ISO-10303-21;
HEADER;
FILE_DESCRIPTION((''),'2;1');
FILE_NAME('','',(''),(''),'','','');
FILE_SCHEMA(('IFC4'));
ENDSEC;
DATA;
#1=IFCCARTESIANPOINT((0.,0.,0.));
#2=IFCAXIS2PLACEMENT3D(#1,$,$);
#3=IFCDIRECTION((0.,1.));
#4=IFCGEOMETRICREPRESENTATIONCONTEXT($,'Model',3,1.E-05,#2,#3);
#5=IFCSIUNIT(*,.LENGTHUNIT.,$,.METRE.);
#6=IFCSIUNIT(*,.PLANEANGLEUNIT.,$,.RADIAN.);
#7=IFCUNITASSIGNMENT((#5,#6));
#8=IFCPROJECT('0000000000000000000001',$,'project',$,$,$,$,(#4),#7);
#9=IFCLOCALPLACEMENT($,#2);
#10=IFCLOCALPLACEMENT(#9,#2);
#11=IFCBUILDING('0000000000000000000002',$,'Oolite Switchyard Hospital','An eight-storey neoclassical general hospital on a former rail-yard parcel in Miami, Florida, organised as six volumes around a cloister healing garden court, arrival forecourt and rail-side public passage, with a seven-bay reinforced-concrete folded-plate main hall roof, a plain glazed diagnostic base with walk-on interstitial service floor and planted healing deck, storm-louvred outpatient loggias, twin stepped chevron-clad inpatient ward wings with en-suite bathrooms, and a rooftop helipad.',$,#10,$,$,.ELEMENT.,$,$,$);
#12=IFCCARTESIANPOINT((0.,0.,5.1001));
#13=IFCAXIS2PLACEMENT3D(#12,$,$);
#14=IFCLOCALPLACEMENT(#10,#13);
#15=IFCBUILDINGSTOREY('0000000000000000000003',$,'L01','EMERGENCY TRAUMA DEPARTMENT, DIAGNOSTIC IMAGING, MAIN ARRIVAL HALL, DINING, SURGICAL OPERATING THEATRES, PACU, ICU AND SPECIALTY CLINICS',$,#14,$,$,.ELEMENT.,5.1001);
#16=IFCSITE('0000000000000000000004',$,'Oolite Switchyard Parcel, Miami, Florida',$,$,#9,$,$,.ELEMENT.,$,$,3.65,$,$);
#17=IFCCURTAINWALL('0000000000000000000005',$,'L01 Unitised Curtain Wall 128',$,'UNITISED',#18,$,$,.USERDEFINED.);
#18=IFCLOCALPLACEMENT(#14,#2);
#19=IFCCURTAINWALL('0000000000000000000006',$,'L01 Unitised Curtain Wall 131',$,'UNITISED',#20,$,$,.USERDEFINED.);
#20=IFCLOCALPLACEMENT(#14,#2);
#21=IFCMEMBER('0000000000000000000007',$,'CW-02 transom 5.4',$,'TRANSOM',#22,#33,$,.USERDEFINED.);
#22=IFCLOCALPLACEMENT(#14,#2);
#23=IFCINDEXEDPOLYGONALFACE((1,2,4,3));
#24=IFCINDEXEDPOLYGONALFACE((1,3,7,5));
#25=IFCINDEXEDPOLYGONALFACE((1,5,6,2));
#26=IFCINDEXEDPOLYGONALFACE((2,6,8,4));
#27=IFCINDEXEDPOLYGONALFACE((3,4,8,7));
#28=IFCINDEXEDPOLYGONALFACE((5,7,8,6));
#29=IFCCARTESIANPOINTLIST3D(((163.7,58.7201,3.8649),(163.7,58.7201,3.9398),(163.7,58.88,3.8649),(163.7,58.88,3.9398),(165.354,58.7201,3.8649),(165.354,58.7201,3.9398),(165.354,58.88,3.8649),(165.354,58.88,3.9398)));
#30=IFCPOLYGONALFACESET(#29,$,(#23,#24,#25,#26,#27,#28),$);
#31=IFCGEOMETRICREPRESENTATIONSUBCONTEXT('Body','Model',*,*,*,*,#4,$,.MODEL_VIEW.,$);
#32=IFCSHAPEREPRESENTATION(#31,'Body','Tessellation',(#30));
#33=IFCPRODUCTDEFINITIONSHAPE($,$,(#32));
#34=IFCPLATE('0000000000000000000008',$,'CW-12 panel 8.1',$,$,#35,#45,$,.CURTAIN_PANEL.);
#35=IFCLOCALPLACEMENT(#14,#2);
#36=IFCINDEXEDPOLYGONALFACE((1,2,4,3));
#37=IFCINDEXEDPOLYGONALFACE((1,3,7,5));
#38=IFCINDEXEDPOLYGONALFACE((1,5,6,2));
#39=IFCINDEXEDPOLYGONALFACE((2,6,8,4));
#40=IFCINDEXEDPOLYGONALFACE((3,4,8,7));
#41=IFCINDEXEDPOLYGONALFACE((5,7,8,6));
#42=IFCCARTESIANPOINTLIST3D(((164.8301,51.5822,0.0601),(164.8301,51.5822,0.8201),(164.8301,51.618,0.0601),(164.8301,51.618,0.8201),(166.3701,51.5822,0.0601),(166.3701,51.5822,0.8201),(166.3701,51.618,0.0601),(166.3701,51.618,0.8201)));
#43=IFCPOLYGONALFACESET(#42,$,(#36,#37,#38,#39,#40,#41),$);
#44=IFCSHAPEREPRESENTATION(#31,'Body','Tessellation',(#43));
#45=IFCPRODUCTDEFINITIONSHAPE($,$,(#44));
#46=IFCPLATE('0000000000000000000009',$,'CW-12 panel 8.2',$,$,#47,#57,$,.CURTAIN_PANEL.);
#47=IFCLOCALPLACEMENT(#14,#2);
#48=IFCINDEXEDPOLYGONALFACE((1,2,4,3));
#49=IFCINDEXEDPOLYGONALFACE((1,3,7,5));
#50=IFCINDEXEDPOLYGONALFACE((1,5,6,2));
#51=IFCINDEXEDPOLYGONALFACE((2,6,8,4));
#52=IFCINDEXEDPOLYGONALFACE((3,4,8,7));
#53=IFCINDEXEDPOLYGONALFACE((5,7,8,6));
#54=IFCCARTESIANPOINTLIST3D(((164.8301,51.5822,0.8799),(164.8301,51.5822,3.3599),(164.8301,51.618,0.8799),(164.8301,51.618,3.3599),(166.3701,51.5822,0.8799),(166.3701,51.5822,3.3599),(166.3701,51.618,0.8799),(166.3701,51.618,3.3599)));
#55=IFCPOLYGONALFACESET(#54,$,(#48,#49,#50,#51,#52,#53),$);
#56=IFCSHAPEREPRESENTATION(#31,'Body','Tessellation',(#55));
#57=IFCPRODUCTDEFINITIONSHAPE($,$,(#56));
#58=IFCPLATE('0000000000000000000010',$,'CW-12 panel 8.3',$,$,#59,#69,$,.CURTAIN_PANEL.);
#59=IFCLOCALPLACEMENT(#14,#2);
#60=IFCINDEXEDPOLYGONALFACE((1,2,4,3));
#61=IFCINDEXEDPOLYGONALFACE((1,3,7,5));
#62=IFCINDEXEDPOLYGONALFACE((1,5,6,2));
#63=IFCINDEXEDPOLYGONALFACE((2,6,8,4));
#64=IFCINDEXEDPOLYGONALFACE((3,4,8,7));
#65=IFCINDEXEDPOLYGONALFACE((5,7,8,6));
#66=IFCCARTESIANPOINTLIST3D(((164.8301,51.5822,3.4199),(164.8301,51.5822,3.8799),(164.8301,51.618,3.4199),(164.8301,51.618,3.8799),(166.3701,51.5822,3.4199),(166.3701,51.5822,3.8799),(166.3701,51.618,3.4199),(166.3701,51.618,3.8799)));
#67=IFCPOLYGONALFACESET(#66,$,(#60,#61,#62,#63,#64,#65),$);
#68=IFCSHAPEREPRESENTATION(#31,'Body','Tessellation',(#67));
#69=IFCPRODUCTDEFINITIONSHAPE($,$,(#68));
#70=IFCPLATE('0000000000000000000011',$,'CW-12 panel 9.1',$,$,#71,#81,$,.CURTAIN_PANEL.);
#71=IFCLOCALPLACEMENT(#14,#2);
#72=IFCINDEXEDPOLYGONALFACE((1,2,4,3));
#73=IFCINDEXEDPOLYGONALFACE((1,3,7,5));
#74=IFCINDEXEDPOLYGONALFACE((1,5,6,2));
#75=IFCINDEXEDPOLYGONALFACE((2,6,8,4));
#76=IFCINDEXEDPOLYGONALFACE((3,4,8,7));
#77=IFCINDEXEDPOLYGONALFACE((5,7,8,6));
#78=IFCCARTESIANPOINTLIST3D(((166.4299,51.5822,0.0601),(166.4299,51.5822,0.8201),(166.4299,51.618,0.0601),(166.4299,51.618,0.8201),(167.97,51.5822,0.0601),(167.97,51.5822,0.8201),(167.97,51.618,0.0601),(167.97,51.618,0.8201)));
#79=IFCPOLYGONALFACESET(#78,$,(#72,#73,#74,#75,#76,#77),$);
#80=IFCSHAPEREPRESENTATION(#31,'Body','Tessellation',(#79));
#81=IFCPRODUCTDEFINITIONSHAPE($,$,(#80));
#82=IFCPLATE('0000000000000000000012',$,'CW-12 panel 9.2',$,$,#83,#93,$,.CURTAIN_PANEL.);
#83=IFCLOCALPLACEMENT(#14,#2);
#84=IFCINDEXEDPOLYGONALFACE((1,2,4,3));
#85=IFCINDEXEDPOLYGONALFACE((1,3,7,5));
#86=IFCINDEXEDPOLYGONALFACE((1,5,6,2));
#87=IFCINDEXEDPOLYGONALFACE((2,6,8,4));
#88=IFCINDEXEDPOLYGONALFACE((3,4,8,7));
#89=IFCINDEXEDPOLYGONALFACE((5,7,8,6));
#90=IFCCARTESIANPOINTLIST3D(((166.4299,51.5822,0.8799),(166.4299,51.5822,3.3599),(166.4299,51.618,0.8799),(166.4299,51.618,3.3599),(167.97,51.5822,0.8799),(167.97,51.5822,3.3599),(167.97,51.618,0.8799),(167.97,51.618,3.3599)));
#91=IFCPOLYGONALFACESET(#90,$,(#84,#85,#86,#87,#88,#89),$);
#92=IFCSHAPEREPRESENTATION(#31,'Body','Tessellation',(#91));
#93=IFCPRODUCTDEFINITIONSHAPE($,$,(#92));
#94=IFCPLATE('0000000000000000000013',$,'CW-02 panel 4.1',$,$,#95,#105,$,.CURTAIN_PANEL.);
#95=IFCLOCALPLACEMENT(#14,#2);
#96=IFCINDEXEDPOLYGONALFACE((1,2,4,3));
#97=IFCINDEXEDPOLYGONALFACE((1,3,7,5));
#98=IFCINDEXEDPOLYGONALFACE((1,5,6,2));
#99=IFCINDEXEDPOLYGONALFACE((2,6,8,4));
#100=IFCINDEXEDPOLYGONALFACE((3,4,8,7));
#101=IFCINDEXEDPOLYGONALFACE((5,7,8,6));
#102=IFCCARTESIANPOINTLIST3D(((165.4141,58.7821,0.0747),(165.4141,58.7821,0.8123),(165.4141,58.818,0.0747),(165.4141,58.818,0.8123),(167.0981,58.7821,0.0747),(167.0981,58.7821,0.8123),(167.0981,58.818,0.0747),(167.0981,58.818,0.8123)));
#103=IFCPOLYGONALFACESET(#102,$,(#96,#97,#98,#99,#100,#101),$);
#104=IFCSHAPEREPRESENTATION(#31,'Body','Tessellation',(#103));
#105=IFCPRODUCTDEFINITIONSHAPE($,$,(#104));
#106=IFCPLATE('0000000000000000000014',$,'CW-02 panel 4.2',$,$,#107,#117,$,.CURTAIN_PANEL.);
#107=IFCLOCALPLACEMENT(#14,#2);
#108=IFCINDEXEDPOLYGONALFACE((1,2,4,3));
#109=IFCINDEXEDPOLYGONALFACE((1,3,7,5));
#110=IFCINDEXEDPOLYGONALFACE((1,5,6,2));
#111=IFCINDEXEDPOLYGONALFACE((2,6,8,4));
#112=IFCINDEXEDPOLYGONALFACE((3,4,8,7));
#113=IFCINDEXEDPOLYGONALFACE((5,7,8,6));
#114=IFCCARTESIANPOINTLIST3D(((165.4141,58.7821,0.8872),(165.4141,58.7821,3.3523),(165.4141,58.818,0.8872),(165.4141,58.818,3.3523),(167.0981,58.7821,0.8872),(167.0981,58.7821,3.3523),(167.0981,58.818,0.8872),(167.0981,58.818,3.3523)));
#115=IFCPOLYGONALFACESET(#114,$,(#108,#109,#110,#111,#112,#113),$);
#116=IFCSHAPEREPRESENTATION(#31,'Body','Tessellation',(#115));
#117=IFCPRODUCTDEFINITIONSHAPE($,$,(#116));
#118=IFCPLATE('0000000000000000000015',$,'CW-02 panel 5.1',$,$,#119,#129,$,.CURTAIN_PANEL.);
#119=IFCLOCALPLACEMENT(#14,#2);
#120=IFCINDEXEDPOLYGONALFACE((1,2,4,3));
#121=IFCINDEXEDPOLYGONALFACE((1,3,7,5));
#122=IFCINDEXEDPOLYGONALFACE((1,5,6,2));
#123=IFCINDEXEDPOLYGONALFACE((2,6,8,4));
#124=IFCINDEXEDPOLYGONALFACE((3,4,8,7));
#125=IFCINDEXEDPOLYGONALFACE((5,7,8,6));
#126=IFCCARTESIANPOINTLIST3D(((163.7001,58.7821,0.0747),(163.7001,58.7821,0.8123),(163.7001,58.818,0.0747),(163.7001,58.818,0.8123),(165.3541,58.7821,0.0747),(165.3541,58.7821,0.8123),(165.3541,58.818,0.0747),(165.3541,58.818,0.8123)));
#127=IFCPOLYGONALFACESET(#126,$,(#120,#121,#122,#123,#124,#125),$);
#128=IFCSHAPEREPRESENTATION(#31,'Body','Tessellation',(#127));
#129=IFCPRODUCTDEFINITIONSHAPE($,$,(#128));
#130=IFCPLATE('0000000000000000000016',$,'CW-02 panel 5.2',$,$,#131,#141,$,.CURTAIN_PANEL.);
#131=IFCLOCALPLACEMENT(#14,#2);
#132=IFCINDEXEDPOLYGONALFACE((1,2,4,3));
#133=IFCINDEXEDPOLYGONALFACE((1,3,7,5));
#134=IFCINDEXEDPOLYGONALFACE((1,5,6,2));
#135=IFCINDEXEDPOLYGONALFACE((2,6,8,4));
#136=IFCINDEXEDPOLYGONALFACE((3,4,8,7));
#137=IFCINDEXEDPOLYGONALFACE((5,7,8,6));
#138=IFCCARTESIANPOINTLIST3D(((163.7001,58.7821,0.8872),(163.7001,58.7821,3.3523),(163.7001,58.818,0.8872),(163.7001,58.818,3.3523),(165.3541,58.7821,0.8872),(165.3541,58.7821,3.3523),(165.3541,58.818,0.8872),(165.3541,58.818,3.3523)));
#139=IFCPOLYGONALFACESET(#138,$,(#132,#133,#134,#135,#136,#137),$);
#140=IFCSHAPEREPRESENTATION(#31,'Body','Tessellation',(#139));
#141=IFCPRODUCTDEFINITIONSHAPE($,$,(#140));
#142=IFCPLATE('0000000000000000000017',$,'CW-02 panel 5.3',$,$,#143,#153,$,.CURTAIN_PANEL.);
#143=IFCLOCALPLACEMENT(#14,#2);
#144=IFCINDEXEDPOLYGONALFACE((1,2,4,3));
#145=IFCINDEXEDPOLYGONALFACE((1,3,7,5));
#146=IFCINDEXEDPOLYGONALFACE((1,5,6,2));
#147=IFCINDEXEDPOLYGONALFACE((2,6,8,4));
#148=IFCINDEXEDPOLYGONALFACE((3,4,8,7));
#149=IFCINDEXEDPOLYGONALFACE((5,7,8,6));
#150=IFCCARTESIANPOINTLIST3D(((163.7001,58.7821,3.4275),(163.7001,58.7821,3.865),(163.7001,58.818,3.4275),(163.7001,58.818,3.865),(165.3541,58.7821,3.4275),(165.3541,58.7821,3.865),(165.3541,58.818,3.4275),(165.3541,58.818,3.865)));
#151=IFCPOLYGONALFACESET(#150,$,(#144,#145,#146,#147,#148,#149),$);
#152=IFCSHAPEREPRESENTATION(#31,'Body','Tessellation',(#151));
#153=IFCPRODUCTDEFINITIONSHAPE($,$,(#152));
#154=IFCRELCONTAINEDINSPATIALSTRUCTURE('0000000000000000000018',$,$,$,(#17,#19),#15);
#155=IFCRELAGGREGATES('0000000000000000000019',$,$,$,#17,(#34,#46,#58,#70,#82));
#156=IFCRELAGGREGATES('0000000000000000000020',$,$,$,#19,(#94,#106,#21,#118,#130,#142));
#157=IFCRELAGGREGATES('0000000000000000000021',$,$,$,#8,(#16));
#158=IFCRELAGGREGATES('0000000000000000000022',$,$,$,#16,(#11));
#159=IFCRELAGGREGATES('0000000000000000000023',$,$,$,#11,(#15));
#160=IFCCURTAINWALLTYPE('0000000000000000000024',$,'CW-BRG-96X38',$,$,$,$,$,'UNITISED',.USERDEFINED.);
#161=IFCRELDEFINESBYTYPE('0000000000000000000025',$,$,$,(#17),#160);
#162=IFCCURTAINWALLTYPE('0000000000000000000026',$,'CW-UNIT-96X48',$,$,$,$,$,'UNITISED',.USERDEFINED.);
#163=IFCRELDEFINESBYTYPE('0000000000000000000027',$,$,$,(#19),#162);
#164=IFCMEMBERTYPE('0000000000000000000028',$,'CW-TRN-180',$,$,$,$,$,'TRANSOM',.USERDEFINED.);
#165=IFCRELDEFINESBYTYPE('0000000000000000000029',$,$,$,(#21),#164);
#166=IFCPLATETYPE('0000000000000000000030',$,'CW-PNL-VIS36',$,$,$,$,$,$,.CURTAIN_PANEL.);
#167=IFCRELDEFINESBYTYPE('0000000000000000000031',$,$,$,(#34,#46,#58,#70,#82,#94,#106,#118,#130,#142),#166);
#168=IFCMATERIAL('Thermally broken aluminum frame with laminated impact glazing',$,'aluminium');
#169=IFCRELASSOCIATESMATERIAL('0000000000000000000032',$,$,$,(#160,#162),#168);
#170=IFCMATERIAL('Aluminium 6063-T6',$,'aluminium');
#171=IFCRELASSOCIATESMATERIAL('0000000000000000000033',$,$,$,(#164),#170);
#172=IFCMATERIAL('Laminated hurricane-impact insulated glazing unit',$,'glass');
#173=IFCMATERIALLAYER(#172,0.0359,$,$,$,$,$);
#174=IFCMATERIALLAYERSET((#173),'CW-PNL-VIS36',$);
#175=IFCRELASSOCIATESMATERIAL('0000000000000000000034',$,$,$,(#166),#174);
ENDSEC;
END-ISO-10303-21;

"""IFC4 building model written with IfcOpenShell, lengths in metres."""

from ifc_helpers import new_model, si_unit, direction, frame, origin, origin_2d, place, context, subcontext, project, spatial, rectangle, extrude, material, layer, layer_set, material_profile, profile_set, type_object, element, aggregate, save


model = new_model("IFC4")

# Units and contexts
model_context = context("Model", 3, precision=1e-05, world=origin(), true_north=direction((0.0, 1.0)))
body_context = subcontext(model_context, "Body", "Model", "MODEL_VIEW")
ifc_project = project(units=[si_unit("LENGTHUNIT", "METRE"), si_unit("PLANEANGLEUNIT", "RADIAN")], contexts=[model_context])

# Site, building, storey
site_placement = place(None, origin())
site = spatial("IfcSite", under=ifc_project, at=site_placement, Name="Oolite Switchyard Parcel, Miami, Florida", CompositionType="ELEMENT", RefElevation=3.65)
building_placement = place(site_placement, origin())
building = spatial("IfcBuilding", under=site, at=building_placement, Name="Oolite Switchyard Hospital", Description="An eight-storey neoclassical general hospital on a former rail-yard parcel in Miami, Florida, organised as six volumes around a cloister healing garden court, arrival forecourt and rail-side public passage, with a seven-bay reinforced-concrete folded-plate main hall roof, a plain glazed diagnostic base with walk-on interstitial service floor and planted healing deck, storm-louvred outpatient loggias, twin stepped chevron-clad inpatient ward wings with en-suite bathrooms, and a rooftop helipad.", CompositionType="ELEMENT")
storey_placement = place(building_placement, frame((0.0, 0.0, 5.1001)))
storey = spatial("IfcBuildingStorey", under=building, at=storey_placement, Name="L01", Description="EMERGENCY TRAUMA DEPARTMENT, DIAGNOSTIC IMAGING, MAIN ARRIVAL HALL, DINING, SURGICAL OPERATING THEATRES, PACU, ICU AND SPECIALTY CLINICS", CompositionType="ELEMENT", Elevation=5.1001)

# Curtain wall
ifc_material_1 = material(Name="Thermally broken aluminum frame with laminated impact glazing", Category="aluminium")
curtain_wall_type_1 = type_object("IfcCurtainWallType", Name="CW-BRG-96X38", ElementType="UNITISED", PredefinedType="USERDEFINED", material=ifc_material_1)
curtain_wall_1_placement = place(storey_placement, origin())
curtain_wall_1 = element("IfcCurtainWall", 1, at=curtain_wall_1_placement, inside=storey, type_object=curtain_wall_type_1, Name="L01 Unitised Curtain Wall 128", ObjectType="UNITISED", PredefinedType="USERDEFINED")
ifc_material_2 = material(Name="Aluminium 6063-T6", Category="aluminium")

# Curtain wall
curtain_wall_type_2 = type_object("IfcCurtainWallType", Name="CW-UNIT-96X48", ElementType="UNITISED", PredefinedType="USERDEFINED", material=ifc_material_1)
curtain_wall_2_placement = place(storey_placement, origin())
curtain_wall_2 = element("IfcCurtainWall", 2, at=curtain_wall_2_placement, inside=storey, type_object=curtain_wall_type_2, Name="L01 Unitised Curtain Wall 131", ObjectType="UNITISED", PredefinedType="USERDEFINED")

# Member
ifc_material_profile_1 = material_profile(ifc_material_2, rectangle(XDim=0.1599, YDim=0.075, at=origin_2d()), Name="CWT75X160")
ifc_profile_set_1 = profile_set([ifc_material_profile_1], Name="Aluminium 6063-T6")
member_type_1 = type_object("IfcMemberType", Name="CW-TRN-180", ElementType="TRANSOM", PredefinedType="USERDEFINED", material=ifc_profile_set_1)
member_1_placement = place(storey_placement, frame((165.354, 58.8, 3.9023), z_axis=(-1.0, 0.0, 0.0), x_axis=(0.0, -1.0, 0.0)))
member_1 = element("IfcMember", 3, at=member_1_placement, type_object=member_type_1, Name="CW-02 transom 5.4", ObjectType="TRANSOM", PredefinedType="USERDEFINED", context=body_context, shape_type="SweptSolid", body=[
    extrude(rectangle(XDim=0.1599, YDim=0.075, at=origin_2d()), origin(), (0.0, 0.0, 1.0), 1.6541),
])

# Plates
ifc_material_3 = material(Name="Laminated hurricane-impact insulated glazing unit", Category="glass")
ifc_layer = layer(ifc_material_3, 0.0359)
ifc_layer_set = layer_set([ifc_layer], Name="CW-PNL-VIS36")
plate_type = type_object("IfcPlateType", Name="CW-PNL-VIS36", PredefinedType="CURTAIN_PANEL", material=ifc_layer_set)
plate_1_placement = place(storey_placement, frame((165.6001, 51.6001, 0.0601), z_axis=(0.0, 0.0, 1.0), x_axis=(1.0, 0.0, 0.0)))
plate_1 = element("IfcPlate", 4, at=plate_1_placement, type_object=plate_type, Name="CW-12 panel 8.1", PredefinedType="CURTAIN_PANEL", context=body_context, shape_type="SweptSolid", body=[
    extrude(rectangle(XDim=1.54, YDim=0.0359, at=origin_2d()), origin(), (0.0, 0.0, 1.0), 0.76),
])
plate_2_placement = place(storey_placement, frame((165.6001, 51.6001, 0.8799), z_axis=(0.0, 0.0, 1.0), x_axis=(1.0, 0.0, 0.0)))
plate_2 = element("IfcPlate", 5, at=plate_2_placement, type_object=plate_type, Name="CW-12 panel 8.2", PredefinedType="CURTAIN_PANEL", context=body_context, shape_type="SweptSolid", body=[
    extrude(rectangle(XDim=1.54, YDim=0.0359, at=origin_2d()), origin(), (0.0, 0.0, 1.0), 2.48),
])
plate_3_placement = place(storey_placement, frame((165.6001, 51.6001, 3.4199), z_axis=(0.0, 0.0, 1.0), x_axis=(1.0, 0.0, 0.0)))
plate_3 = element("IfcPlate", 6, at=plate_3_placement, type_object=plate_type, Name="CW-12 panel 8.3", PredefinedType="CURTAIN_PANEL", context=body_context, shape_type="SweptSolid", body=[
    extrude(rectangle(XDim=1.54, YDim=0.0359, at=origin_2d()), origin(), (0.0, 0.0, 1.0), 0.46),
])
plate_4_placement = place(storey_placement, frame((167.2, 51.6001, 0.0601), z_axis=(0.0, 0.0, 1.0), x_axis=(1.0, 0.0, 0.0)))
plate_4 = element("IfcPlate", 7, at=plate_4_placement, type_object=plate_type, Name="CW-12 panel 9.1", PredefinedType="CURTAIN_PANEL", context=body_context, shape_type="SweptSolid", body=[
    extrude(rectangle(XDim=1.54, YDim=0.0359, at=origin_2d()), origin(), (0.0, 0.0, 1.0), 0.76),
])
plate_5_placement = place(storey_placement, frame((167.2, 51.6001, 0.8799), z_axis=(0.0, 0.0, 1.0), x_axis=(1.0, 0.0, 0.0)))
plate_5 = element("IfcPlate", 8, at=plate_5_placement, type_object=plate_type, Name="CW-12 panel 9.2", PredefinedType="CURTAIN_PANEL", context=body_context, shape_type="SweptSolid", body=[
    extrude(rectangle(XDim=1.54, YDim=0.0359, at=origin_2d()), origin(), (0.0, 0.0, 1.0), 2.48),
])
aggregate(curtain_wall_1, [plate_1, plate_2, plate_3, plate_4, plate_5])
plate_6_placement = place(storey_placement, frame((166.2561, 58.8, 0.0747), z_axis=(0.0, 0.0, 1.0), x_axis=(-1.0, 0.0, 0.0)))
plate_6 = element("IfcPlate", 9, at=plate_6_placement, type_object=plate_type, Name="CW-02 panel 4.1", PredefinedType="CURTAIN_PANEL", context=body_context, shape_type="SweptSolid", body=[
    extrude(rectangle(XDim=1.6841, YDim=0.0359, at=origin_2d()), origin(), (0.0, 0.0, 1.0), 0.7375),
])
plate_7_placement = place(storey_placement, frame((166.2561, 58.8, 0.8872), z_axis=(0.0, 0.0, 1.0), x_axis=(-1.0, 0.0, 0.0)))
plate_7 = element("IfcPlate", 10, at=plate_7_placement, type_object=plate_type, Name="CW-02 panel 4.2", PredefinedType="CURTAIN_PANEL", context=body_context, shape_type="SweptSolid", body=[
    extrude(rectangle(XDim=1.6841, YDim=0.0359, at=origin_2d()), origin(), (0.0, 0.0, 1.0), 2.4651),
])
plate_8_placement = place(storey_placement, frame((164.5271, 58.8, 0.0747), z_axis=(0.0, 0.0, 1.0), x_axis=(-1.0, 0.0, 0.0)))
plate_8 = element("IfcPlate", 11, at=plate_8_placement, type_object=plate_type, Name="CW-02 panel 5.1", PredefinedType="CURTAIN_PANEL", context=body_context, shape_type="SweptSolid", body=[
    extrude(rectangle(XDim=1.6541, YDim=0.0359, at=origin_2d()), origin(), (0.0, 0.0, 1.0), 0.7375),
])
plate_9_placement = place(storey_placement, frame((164.5271, 58.8, 0.8872), z_axis=(0.0, 0.0, 1.0), x_axis=(-1.0, 0.0, 0.0)))
plate_9 = element("IfcPlate", 12, at=plate_9_placement, type_object=plate_type, Name="CW-02 panel 5.2", PredefinedType="CURTAIN_PANEL", context=body_context, shape_type="SweptSolid", body=[
    extrude(rectangle(XDim=1.6541, YDim=0.0359, at=origin_2d()), origin(), (0.0, 0.0, 1.0), 2.4651),
])
plate_10_placement = place(storey_placement, frame((164.5271, 58.8, 3.4275), z_axis=(0.0, 0.0, 1.0), x_axis=(-1.0, 0.0, 0.0)))
plate_10 = element("IfcPlate", 13, at=plate_10_placement, type_object=plate_type, Name="CW-02 panel 5.3", PredefinedType="CURTAIN_PANEL", context=body_context, shape_type="SweptSolid", body=[
    extrude(rectangle(XDim=1.6541, YDim=0.0359, at=origin_2d()), origin(), (0.0, 0.0, 1.0), 0.4375),
])
aggregate(curtain_wall_2, [plate_6, plate_7, member_1, plate_8, plate_9, plate_10])

save(model, "model.ifc")
